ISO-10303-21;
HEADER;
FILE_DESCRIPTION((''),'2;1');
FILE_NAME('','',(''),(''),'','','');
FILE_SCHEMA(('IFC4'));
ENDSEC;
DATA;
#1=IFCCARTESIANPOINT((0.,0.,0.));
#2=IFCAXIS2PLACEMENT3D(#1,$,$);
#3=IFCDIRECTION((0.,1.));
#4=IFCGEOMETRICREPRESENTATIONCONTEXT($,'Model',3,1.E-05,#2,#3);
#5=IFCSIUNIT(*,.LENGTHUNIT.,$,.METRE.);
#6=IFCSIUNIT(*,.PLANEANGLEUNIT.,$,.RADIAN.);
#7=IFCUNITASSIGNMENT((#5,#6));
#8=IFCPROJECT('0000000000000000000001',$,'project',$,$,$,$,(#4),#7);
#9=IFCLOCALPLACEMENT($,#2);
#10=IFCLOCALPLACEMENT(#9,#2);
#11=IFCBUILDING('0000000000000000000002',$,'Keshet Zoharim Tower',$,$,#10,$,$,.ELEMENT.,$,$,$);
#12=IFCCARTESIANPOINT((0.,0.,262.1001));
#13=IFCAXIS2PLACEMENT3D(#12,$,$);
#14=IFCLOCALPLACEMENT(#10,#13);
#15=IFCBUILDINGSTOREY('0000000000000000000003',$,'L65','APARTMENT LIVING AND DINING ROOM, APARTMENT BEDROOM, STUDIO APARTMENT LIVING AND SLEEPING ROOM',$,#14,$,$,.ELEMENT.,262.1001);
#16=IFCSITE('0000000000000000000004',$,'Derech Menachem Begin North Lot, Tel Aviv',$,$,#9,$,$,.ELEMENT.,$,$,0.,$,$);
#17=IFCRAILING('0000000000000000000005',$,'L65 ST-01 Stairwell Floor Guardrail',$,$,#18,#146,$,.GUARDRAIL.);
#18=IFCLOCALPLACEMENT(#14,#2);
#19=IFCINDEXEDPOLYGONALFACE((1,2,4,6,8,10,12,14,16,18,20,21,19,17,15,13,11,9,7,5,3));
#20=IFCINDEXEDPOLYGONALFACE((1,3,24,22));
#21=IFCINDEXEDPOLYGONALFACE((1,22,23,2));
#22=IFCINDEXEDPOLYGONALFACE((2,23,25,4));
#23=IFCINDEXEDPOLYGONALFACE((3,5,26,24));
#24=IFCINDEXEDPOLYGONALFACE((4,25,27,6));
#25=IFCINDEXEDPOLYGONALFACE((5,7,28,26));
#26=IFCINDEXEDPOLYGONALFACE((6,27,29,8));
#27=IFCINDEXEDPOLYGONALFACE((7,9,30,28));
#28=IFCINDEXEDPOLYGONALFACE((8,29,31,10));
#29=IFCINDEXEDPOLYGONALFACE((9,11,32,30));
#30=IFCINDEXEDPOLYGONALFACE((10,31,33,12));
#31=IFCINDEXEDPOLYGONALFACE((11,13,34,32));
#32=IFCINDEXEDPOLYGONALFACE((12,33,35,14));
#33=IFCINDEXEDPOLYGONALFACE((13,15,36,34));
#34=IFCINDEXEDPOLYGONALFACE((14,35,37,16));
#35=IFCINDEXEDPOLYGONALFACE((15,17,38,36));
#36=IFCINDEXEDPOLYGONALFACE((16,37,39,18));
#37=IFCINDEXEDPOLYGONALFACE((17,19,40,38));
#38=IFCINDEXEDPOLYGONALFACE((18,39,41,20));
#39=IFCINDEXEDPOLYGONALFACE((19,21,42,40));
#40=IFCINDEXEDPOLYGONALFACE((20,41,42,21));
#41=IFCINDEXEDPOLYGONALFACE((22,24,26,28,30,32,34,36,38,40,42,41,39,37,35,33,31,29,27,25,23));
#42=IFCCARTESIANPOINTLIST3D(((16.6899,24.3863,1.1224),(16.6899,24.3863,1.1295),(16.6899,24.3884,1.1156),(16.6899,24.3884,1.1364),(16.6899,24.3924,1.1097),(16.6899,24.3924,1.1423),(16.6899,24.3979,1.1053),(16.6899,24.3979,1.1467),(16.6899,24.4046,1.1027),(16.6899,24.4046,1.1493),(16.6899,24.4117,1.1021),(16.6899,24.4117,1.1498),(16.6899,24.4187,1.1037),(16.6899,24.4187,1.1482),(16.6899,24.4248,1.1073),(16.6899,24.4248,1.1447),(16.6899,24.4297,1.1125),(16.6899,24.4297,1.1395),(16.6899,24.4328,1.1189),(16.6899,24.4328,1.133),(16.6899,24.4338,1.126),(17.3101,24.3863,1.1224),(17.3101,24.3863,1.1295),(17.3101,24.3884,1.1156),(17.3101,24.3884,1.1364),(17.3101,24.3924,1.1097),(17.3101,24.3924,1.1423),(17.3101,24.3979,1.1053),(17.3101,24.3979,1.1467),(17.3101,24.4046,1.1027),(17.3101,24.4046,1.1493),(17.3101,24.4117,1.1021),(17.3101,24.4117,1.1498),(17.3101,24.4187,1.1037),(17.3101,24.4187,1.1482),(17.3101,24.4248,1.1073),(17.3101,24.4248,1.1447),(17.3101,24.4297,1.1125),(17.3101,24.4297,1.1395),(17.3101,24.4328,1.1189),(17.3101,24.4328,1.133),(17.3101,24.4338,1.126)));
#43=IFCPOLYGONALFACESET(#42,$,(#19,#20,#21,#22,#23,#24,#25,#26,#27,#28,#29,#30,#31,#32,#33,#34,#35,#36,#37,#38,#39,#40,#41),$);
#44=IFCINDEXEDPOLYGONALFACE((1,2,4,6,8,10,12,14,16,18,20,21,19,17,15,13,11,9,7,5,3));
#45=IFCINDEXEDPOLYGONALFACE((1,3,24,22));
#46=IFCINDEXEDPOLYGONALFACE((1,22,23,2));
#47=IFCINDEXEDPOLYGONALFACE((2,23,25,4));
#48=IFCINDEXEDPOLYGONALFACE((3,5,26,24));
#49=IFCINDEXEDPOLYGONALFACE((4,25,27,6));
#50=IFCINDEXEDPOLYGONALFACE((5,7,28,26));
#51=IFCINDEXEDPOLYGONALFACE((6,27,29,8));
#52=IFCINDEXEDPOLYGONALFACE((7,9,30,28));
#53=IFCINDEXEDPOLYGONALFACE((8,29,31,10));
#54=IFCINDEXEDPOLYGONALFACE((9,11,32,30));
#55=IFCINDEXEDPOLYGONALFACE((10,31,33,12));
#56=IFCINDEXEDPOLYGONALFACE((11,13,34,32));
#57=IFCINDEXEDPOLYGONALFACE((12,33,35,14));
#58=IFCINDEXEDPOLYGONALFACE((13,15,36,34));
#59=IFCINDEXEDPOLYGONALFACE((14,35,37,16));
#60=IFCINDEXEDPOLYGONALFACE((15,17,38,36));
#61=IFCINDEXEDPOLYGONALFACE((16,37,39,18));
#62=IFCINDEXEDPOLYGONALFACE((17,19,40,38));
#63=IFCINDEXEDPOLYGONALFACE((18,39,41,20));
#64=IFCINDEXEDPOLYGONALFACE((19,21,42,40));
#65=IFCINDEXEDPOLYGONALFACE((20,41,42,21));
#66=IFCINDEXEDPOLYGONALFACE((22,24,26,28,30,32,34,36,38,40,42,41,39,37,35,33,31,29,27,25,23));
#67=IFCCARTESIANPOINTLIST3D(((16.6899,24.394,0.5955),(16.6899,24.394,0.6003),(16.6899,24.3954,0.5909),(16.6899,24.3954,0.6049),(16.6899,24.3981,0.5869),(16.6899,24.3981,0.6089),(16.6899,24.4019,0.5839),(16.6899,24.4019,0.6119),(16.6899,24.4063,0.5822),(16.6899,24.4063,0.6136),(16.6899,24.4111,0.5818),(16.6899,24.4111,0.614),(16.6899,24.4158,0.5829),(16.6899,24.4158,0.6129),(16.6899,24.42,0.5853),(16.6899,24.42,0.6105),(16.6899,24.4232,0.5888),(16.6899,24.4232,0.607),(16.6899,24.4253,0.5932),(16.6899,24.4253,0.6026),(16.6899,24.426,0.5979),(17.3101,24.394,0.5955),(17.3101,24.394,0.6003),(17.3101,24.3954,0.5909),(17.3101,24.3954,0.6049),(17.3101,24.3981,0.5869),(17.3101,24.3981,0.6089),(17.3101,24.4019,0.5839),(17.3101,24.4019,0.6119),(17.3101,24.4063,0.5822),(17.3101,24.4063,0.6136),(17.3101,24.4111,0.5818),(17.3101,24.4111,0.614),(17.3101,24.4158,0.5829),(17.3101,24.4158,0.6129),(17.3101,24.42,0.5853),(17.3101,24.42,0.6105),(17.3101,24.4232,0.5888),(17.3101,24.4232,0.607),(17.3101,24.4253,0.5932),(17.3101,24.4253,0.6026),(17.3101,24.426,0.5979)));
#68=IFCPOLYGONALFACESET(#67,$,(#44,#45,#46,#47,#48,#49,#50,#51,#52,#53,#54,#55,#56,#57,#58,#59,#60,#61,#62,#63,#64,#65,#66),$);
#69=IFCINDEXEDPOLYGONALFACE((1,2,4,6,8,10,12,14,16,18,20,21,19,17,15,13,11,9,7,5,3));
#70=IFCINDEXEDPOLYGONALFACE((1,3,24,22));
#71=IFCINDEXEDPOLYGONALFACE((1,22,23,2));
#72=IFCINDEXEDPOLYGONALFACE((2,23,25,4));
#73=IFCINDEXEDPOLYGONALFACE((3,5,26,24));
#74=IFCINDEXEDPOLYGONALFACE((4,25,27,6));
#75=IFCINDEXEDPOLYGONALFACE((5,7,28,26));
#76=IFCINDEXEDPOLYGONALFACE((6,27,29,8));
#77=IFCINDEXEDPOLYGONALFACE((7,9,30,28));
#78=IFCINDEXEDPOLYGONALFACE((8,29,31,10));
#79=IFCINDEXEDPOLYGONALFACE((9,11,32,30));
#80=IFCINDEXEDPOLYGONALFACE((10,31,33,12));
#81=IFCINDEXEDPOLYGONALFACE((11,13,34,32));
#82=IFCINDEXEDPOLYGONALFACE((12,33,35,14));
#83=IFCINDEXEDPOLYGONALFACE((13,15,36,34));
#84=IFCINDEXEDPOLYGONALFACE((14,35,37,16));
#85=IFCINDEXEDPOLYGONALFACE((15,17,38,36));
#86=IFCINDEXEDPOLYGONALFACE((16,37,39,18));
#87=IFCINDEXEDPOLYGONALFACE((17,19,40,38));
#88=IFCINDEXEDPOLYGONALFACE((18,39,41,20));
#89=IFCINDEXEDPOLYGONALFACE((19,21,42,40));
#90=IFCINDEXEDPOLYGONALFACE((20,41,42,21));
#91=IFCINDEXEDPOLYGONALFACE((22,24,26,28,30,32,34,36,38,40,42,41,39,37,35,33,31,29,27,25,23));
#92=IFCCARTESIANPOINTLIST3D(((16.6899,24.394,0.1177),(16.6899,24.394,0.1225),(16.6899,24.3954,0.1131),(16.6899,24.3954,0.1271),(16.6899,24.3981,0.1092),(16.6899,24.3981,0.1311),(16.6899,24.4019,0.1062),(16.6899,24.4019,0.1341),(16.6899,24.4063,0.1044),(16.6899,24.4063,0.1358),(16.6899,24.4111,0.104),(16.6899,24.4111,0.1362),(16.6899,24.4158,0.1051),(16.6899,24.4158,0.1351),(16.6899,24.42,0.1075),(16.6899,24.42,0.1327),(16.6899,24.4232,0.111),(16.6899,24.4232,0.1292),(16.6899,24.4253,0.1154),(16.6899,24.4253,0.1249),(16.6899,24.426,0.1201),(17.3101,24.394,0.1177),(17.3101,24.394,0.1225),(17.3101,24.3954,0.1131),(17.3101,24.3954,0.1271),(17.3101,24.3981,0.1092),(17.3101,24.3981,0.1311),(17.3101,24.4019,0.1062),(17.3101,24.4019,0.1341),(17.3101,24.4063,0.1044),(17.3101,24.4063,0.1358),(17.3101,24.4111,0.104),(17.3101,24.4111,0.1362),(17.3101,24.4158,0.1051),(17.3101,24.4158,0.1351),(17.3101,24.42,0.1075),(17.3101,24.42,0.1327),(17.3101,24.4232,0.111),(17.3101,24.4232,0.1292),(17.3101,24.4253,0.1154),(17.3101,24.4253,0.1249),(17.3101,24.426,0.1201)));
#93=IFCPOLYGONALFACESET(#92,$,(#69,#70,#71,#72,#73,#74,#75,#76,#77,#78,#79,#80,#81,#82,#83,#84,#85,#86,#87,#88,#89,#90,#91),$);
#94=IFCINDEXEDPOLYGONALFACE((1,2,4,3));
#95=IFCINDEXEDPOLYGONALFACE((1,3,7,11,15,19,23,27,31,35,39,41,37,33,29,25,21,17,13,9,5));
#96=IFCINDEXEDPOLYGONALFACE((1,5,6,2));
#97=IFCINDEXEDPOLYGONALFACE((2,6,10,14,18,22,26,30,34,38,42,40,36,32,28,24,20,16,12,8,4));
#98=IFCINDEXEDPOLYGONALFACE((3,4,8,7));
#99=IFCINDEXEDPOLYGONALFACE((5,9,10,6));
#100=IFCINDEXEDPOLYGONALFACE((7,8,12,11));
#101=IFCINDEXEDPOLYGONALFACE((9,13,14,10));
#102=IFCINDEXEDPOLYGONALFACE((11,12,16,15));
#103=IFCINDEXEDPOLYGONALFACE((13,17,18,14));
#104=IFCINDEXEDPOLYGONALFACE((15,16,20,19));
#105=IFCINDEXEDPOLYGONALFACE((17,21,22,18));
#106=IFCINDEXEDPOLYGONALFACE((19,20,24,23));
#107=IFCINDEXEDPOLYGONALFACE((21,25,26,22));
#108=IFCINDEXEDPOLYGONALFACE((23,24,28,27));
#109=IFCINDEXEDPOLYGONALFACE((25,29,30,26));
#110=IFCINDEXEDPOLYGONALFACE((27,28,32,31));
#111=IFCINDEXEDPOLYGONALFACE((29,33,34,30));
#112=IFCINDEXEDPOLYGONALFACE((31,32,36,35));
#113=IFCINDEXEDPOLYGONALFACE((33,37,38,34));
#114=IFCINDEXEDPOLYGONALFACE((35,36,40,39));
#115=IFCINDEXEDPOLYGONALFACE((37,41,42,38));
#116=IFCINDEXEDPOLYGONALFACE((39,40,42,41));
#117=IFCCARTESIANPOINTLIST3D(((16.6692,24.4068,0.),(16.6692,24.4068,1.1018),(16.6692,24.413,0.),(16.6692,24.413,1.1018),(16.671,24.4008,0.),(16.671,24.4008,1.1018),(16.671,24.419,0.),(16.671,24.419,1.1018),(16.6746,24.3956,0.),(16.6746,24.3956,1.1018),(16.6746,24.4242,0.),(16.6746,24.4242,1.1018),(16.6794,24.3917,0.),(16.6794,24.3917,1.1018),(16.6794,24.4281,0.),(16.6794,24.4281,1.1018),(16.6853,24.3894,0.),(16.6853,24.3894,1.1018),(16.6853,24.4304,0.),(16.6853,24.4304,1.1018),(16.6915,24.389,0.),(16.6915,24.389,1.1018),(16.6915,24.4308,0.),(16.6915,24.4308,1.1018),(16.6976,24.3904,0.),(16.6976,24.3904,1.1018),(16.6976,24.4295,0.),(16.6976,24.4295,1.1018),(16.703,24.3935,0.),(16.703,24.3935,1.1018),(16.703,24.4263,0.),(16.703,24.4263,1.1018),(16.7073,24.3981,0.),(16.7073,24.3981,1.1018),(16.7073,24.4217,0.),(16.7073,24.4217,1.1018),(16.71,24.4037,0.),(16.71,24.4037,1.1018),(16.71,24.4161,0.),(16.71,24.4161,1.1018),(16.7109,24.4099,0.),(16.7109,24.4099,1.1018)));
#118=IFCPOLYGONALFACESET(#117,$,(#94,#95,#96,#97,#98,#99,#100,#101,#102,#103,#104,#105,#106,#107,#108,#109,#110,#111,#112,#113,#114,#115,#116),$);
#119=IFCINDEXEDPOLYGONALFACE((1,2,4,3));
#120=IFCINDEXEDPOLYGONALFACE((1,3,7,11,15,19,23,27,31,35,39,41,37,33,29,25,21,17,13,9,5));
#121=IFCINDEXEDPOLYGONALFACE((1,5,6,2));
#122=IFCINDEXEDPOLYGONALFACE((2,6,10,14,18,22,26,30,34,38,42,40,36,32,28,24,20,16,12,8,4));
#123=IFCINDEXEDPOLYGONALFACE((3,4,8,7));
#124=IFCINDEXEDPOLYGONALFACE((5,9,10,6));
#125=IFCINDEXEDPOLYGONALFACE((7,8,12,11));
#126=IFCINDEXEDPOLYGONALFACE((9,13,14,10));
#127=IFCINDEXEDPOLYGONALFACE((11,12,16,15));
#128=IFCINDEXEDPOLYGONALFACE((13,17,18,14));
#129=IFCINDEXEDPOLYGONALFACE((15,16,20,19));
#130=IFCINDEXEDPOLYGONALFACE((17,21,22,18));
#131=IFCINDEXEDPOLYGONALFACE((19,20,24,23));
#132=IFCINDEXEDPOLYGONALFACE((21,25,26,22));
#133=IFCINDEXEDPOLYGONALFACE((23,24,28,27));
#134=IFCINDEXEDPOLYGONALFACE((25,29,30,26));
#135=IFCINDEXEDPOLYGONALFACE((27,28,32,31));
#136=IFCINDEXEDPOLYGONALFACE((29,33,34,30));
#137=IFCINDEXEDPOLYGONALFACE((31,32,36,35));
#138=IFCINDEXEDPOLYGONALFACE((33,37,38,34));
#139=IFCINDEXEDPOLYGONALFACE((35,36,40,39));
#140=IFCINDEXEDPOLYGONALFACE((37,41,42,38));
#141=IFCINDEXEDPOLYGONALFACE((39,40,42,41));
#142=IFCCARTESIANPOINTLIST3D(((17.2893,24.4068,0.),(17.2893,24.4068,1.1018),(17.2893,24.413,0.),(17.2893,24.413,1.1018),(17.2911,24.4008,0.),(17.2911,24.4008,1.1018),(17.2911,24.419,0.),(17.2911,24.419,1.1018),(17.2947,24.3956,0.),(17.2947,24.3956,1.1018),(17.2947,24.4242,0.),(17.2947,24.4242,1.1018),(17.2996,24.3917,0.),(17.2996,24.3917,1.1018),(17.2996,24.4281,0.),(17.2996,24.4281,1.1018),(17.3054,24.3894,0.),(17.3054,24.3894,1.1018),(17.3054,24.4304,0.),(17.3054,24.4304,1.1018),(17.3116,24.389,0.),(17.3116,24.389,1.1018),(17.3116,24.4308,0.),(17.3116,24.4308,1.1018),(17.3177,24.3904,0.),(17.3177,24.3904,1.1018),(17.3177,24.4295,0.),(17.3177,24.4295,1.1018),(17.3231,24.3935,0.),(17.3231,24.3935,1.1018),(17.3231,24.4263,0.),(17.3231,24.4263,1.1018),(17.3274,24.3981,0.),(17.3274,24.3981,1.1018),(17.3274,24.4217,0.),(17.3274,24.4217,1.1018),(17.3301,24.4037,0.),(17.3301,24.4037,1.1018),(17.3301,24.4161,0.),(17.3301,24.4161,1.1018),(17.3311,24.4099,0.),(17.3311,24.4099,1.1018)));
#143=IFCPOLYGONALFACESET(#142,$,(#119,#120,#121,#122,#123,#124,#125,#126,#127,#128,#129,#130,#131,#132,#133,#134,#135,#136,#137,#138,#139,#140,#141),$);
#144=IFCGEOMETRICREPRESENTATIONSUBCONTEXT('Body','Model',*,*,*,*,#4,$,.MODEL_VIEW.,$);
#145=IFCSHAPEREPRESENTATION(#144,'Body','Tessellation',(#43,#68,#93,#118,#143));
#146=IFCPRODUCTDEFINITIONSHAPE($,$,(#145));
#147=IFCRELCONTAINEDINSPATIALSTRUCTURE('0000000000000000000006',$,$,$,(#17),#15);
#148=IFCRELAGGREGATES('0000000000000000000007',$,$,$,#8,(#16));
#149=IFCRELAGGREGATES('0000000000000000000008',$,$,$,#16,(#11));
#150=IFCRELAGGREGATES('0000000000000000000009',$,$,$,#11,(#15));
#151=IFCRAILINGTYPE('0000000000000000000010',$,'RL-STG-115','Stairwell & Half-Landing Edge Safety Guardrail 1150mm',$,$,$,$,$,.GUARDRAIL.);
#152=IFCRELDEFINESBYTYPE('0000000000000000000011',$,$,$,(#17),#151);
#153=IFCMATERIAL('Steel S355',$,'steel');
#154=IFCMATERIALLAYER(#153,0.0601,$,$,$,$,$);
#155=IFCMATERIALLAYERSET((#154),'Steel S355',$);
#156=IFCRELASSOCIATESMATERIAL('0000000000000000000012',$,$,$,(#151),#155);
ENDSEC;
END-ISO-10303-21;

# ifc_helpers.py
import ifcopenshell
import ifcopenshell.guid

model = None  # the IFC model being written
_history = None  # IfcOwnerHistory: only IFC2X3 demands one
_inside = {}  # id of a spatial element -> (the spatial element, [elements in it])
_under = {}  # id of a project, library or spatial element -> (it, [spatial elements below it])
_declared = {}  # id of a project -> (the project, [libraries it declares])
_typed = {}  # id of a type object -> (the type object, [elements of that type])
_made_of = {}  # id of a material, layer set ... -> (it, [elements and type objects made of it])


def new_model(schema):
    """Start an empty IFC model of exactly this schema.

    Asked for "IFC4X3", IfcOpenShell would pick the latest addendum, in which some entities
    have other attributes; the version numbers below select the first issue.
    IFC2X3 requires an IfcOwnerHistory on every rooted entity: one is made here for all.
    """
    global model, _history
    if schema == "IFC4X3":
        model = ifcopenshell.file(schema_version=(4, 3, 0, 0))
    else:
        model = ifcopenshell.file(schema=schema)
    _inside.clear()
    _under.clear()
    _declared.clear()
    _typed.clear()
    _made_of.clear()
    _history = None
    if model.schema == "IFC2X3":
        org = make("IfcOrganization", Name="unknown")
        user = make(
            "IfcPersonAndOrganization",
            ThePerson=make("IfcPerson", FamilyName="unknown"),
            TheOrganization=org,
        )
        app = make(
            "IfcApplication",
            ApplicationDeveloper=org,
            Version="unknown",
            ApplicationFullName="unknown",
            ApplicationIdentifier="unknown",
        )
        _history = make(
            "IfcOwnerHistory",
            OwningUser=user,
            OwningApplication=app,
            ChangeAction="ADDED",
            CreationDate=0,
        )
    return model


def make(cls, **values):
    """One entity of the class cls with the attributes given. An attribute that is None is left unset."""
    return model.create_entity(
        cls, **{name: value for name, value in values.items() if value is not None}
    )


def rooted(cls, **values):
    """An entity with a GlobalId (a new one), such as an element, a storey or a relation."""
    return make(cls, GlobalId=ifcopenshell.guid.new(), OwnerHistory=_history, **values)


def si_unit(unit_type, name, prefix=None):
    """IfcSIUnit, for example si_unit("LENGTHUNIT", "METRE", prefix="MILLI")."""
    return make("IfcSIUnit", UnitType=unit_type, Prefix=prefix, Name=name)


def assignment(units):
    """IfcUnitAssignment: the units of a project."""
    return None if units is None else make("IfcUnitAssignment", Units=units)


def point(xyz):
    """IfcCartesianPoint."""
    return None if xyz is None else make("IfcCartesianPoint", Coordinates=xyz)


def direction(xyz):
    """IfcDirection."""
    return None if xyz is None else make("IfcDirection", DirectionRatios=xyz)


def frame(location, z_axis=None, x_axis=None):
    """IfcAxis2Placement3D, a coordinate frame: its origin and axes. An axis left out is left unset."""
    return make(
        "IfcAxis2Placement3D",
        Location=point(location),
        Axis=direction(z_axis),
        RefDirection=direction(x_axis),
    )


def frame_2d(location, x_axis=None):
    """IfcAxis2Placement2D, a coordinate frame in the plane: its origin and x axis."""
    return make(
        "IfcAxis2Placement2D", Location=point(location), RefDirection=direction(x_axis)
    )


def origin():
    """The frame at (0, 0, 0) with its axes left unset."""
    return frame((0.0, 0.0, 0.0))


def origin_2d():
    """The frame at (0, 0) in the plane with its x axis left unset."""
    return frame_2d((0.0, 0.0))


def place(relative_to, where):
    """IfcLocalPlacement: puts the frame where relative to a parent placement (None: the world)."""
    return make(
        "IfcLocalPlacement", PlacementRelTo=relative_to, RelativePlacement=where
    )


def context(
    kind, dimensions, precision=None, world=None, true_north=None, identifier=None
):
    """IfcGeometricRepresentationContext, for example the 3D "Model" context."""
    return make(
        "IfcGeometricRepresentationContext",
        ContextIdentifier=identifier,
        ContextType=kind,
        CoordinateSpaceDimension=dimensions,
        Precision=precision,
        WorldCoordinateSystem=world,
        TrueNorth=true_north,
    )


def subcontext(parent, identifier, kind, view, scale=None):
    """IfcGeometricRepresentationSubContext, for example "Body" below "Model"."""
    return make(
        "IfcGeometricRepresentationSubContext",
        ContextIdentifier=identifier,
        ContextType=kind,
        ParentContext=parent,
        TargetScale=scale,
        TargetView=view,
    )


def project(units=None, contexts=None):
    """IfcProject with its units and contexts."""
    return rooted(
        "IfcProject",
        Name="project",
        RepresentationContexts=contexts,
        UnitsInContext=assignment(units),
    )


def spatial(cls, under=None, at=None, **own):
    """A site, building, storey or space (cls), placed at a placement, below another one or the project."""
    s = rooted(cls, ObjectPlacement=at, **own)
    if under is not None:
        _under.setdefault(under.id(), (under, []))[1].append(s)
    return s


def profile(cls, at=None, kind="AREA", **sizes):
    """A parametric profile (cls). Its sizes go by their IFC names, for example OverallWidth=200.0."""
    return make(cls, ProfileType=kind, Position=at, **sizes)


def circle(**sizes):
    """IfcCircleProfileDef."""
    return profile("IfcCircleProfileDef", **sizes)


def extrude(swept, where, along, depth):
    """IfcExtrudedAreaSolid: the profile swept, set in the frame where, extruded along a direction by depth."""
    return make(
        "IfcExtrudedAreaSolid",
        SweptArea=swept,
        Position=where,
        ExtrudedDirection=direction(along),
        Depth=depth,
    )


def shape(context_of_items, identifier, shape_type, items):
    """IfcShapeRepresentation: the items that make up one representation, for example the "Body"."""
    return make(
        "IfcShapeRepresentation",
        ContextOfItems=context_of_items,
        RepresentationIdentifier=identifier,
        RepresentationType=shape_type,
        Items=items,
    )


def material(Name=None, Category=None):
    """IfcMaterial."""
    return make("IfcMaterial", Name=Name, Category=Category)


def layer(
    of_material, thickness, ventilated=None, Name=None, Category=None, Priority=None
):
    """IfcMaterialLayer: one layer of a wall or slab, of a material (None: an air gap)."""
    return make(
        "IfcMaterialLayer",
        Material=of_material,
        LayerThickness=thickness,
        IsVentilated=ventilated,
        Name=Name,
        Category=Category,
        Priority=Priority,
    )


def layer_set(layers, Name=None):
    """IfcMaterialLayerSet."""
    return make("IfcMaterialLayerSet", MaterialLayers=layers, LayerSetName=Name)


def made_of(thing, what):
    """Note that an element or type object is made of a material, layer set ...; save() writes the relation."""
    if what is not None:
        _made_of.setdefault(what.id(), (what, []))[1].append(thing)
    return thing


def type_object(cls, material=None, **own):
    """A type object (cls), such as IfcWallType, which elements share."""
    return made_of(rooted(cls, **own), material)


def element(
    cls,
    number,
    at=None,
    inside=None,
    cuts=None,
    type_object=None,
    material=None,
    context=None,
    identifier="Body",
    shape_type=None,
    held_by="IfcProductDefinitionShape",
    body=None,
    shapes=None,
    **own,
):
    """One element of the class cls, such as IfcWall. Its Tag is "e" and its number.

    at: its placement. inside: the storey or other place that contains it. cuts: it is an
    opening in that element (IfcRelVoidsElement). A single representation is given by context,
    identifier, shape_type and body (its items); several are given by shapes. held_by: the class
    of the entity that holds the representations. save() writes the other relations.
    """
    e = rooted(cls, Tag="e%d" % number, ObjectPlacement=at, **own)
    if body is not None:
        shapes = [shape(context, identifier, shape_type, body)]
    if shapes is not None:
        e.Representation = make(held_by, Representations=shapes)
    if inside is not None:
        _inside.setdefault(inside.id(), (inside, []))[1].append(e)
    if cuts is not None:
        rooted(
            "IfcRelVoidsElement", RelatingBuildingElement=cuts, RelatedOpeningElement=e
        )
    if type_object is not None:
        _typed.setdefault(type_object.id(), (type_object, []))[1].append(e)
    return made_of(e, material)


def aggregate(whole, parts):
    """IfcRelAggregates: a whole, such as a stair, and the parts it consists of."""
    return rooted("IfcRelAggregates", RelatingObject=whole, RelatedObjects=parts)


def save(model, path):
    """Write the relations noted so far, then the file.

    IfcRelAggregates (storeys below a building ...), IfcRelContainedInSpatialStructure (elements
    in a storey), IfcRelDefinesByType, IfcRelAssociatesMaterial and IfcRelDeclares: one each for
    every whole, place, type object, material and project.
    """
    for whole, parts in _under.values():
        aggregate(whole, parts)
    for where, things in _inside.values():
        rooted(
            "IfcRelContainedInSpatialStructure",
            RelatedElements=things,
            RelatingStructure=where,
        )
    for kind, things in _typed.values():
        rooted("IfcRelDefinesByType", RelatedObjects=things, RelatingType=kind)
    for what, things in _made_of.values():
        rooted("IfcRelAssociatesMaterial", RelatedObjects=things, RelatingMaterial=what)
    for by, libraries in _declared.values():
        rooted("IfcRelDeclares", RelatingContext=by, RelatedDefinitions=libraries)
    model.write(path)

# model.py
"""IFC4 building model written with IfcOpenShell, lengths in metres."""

from ifc_helpers import new_model, si_unit, direction, frame, origin, origin_2d, place, context, subcontext, project, spatial, circle, extrude, material, layer, layer_set, type_object, element, save


model = new_model("IFC4")

# Units and contexts
model_context = context("Model", 3, precision=1e-05, world=origin(), true_north=direction((0.0, 1.0)))
body_context = subcontext(model_context, "Body", "Model", "MODEL_VIEW")
ifc_project = project(units=[si_unit("LENGTHUNIT", "METRE"), si_unit("PLANEANGLEUNIT", "RADIAN")], contexts=[model_context])

# Site, building, storey
site_placement = place(None, origin())
site = spatial("IfcSite", under=ifc_project, at=site_placement, Name="Derech Menachem Begin North Lot, Tel Aviv", CompositionType="ELEMENT", RefElevation=0.0)
building_placement = place(site_placement, origin())
building = spatial("IfcBuilding", under=site, at=building_placement, Name="Keshet Zoharim Tower", CompositionType="ELEMENT")
storey_placement = place(building_placement, frame((0.0, 0.0, 262.1001)))
storey = spatial("IfcBuildingStorey", under=building, at=storey_placement, Name="L65", Description="APARTMENT LIVING AND DINING ROOM, APARTMENT BEDROOM, STUDIO APARTMENT LIVING AND SLEEPING ROOM", CompositionType="ELEMENT", Elevation=262.1001)

# Shared definitions
ifc_material_1 = material(Name="Steel S355", Category="steel")

# Railing
ifc_layer_1 = layer(ifc_material_1, 0.0601)
ifc_layer_set_1 = layer_set([ifc_layer_1], Name="Steel S355")
railing_type_1 = type_object("IfcRailingType", Name="RL-STG-115", Description="Stairwell & Half-Landing Edge Safety Guardrail 1150mm", PredefinedType="GUARDRAIL", material=ifc_layer_set_1)
railing_1_placement = place(storey_placement, frame((16.6899, 24.4099, 0.0)))
element("IfcRailing", 1, at=railing_1_placement, inside=storey, type_object=railing_type_1, Name="L65 ST-01 Stairwell Floor Guardrail", PredefinedType="GUARDRAIL", context=body_context, shape_type="SweptSolid", body=[
    extrude(circle(Radius=0.0239, at=origin_2d()), frame((0.0, 0.0, 1.126), z_axis=(1.0, 0.0, 0.0), x_axis=(0.0, 1.0, 0.0)), (0.0, 0.0, 1.0), 0.6201),
    extrude(circle(Radius=0.0161, at=origin_2d()), frame((0.0, 0.0, 0.5979), z_axis=(1.0, 0.0, 0.0), x_axis=(0.0, 1.0, 0.0)), (0.0, 0.0, 1.0), 0.6201),
    extrude(circle(Radius=0.0161, at=origin_2d()), frame((0.0, 0.0, 0.1201), z_axis=(1.0, 0.0, 0.0), x_axis=(0.0, 1.0, 0.0)), (0.0, 0.0, 1.0), 0.6201),
    extrude(circle(Radius=0.021, at=origin_2d()), origin(), (0.0, 0.0, 1.0), 1.1018),
    extrude(circle(Radius=0.021, at=origin_2d()), frame((0.6201, 0.0, 0.0)), (0.0, 0.0, 1.0), 1.1018),
])

save(model, "model.ifc")
